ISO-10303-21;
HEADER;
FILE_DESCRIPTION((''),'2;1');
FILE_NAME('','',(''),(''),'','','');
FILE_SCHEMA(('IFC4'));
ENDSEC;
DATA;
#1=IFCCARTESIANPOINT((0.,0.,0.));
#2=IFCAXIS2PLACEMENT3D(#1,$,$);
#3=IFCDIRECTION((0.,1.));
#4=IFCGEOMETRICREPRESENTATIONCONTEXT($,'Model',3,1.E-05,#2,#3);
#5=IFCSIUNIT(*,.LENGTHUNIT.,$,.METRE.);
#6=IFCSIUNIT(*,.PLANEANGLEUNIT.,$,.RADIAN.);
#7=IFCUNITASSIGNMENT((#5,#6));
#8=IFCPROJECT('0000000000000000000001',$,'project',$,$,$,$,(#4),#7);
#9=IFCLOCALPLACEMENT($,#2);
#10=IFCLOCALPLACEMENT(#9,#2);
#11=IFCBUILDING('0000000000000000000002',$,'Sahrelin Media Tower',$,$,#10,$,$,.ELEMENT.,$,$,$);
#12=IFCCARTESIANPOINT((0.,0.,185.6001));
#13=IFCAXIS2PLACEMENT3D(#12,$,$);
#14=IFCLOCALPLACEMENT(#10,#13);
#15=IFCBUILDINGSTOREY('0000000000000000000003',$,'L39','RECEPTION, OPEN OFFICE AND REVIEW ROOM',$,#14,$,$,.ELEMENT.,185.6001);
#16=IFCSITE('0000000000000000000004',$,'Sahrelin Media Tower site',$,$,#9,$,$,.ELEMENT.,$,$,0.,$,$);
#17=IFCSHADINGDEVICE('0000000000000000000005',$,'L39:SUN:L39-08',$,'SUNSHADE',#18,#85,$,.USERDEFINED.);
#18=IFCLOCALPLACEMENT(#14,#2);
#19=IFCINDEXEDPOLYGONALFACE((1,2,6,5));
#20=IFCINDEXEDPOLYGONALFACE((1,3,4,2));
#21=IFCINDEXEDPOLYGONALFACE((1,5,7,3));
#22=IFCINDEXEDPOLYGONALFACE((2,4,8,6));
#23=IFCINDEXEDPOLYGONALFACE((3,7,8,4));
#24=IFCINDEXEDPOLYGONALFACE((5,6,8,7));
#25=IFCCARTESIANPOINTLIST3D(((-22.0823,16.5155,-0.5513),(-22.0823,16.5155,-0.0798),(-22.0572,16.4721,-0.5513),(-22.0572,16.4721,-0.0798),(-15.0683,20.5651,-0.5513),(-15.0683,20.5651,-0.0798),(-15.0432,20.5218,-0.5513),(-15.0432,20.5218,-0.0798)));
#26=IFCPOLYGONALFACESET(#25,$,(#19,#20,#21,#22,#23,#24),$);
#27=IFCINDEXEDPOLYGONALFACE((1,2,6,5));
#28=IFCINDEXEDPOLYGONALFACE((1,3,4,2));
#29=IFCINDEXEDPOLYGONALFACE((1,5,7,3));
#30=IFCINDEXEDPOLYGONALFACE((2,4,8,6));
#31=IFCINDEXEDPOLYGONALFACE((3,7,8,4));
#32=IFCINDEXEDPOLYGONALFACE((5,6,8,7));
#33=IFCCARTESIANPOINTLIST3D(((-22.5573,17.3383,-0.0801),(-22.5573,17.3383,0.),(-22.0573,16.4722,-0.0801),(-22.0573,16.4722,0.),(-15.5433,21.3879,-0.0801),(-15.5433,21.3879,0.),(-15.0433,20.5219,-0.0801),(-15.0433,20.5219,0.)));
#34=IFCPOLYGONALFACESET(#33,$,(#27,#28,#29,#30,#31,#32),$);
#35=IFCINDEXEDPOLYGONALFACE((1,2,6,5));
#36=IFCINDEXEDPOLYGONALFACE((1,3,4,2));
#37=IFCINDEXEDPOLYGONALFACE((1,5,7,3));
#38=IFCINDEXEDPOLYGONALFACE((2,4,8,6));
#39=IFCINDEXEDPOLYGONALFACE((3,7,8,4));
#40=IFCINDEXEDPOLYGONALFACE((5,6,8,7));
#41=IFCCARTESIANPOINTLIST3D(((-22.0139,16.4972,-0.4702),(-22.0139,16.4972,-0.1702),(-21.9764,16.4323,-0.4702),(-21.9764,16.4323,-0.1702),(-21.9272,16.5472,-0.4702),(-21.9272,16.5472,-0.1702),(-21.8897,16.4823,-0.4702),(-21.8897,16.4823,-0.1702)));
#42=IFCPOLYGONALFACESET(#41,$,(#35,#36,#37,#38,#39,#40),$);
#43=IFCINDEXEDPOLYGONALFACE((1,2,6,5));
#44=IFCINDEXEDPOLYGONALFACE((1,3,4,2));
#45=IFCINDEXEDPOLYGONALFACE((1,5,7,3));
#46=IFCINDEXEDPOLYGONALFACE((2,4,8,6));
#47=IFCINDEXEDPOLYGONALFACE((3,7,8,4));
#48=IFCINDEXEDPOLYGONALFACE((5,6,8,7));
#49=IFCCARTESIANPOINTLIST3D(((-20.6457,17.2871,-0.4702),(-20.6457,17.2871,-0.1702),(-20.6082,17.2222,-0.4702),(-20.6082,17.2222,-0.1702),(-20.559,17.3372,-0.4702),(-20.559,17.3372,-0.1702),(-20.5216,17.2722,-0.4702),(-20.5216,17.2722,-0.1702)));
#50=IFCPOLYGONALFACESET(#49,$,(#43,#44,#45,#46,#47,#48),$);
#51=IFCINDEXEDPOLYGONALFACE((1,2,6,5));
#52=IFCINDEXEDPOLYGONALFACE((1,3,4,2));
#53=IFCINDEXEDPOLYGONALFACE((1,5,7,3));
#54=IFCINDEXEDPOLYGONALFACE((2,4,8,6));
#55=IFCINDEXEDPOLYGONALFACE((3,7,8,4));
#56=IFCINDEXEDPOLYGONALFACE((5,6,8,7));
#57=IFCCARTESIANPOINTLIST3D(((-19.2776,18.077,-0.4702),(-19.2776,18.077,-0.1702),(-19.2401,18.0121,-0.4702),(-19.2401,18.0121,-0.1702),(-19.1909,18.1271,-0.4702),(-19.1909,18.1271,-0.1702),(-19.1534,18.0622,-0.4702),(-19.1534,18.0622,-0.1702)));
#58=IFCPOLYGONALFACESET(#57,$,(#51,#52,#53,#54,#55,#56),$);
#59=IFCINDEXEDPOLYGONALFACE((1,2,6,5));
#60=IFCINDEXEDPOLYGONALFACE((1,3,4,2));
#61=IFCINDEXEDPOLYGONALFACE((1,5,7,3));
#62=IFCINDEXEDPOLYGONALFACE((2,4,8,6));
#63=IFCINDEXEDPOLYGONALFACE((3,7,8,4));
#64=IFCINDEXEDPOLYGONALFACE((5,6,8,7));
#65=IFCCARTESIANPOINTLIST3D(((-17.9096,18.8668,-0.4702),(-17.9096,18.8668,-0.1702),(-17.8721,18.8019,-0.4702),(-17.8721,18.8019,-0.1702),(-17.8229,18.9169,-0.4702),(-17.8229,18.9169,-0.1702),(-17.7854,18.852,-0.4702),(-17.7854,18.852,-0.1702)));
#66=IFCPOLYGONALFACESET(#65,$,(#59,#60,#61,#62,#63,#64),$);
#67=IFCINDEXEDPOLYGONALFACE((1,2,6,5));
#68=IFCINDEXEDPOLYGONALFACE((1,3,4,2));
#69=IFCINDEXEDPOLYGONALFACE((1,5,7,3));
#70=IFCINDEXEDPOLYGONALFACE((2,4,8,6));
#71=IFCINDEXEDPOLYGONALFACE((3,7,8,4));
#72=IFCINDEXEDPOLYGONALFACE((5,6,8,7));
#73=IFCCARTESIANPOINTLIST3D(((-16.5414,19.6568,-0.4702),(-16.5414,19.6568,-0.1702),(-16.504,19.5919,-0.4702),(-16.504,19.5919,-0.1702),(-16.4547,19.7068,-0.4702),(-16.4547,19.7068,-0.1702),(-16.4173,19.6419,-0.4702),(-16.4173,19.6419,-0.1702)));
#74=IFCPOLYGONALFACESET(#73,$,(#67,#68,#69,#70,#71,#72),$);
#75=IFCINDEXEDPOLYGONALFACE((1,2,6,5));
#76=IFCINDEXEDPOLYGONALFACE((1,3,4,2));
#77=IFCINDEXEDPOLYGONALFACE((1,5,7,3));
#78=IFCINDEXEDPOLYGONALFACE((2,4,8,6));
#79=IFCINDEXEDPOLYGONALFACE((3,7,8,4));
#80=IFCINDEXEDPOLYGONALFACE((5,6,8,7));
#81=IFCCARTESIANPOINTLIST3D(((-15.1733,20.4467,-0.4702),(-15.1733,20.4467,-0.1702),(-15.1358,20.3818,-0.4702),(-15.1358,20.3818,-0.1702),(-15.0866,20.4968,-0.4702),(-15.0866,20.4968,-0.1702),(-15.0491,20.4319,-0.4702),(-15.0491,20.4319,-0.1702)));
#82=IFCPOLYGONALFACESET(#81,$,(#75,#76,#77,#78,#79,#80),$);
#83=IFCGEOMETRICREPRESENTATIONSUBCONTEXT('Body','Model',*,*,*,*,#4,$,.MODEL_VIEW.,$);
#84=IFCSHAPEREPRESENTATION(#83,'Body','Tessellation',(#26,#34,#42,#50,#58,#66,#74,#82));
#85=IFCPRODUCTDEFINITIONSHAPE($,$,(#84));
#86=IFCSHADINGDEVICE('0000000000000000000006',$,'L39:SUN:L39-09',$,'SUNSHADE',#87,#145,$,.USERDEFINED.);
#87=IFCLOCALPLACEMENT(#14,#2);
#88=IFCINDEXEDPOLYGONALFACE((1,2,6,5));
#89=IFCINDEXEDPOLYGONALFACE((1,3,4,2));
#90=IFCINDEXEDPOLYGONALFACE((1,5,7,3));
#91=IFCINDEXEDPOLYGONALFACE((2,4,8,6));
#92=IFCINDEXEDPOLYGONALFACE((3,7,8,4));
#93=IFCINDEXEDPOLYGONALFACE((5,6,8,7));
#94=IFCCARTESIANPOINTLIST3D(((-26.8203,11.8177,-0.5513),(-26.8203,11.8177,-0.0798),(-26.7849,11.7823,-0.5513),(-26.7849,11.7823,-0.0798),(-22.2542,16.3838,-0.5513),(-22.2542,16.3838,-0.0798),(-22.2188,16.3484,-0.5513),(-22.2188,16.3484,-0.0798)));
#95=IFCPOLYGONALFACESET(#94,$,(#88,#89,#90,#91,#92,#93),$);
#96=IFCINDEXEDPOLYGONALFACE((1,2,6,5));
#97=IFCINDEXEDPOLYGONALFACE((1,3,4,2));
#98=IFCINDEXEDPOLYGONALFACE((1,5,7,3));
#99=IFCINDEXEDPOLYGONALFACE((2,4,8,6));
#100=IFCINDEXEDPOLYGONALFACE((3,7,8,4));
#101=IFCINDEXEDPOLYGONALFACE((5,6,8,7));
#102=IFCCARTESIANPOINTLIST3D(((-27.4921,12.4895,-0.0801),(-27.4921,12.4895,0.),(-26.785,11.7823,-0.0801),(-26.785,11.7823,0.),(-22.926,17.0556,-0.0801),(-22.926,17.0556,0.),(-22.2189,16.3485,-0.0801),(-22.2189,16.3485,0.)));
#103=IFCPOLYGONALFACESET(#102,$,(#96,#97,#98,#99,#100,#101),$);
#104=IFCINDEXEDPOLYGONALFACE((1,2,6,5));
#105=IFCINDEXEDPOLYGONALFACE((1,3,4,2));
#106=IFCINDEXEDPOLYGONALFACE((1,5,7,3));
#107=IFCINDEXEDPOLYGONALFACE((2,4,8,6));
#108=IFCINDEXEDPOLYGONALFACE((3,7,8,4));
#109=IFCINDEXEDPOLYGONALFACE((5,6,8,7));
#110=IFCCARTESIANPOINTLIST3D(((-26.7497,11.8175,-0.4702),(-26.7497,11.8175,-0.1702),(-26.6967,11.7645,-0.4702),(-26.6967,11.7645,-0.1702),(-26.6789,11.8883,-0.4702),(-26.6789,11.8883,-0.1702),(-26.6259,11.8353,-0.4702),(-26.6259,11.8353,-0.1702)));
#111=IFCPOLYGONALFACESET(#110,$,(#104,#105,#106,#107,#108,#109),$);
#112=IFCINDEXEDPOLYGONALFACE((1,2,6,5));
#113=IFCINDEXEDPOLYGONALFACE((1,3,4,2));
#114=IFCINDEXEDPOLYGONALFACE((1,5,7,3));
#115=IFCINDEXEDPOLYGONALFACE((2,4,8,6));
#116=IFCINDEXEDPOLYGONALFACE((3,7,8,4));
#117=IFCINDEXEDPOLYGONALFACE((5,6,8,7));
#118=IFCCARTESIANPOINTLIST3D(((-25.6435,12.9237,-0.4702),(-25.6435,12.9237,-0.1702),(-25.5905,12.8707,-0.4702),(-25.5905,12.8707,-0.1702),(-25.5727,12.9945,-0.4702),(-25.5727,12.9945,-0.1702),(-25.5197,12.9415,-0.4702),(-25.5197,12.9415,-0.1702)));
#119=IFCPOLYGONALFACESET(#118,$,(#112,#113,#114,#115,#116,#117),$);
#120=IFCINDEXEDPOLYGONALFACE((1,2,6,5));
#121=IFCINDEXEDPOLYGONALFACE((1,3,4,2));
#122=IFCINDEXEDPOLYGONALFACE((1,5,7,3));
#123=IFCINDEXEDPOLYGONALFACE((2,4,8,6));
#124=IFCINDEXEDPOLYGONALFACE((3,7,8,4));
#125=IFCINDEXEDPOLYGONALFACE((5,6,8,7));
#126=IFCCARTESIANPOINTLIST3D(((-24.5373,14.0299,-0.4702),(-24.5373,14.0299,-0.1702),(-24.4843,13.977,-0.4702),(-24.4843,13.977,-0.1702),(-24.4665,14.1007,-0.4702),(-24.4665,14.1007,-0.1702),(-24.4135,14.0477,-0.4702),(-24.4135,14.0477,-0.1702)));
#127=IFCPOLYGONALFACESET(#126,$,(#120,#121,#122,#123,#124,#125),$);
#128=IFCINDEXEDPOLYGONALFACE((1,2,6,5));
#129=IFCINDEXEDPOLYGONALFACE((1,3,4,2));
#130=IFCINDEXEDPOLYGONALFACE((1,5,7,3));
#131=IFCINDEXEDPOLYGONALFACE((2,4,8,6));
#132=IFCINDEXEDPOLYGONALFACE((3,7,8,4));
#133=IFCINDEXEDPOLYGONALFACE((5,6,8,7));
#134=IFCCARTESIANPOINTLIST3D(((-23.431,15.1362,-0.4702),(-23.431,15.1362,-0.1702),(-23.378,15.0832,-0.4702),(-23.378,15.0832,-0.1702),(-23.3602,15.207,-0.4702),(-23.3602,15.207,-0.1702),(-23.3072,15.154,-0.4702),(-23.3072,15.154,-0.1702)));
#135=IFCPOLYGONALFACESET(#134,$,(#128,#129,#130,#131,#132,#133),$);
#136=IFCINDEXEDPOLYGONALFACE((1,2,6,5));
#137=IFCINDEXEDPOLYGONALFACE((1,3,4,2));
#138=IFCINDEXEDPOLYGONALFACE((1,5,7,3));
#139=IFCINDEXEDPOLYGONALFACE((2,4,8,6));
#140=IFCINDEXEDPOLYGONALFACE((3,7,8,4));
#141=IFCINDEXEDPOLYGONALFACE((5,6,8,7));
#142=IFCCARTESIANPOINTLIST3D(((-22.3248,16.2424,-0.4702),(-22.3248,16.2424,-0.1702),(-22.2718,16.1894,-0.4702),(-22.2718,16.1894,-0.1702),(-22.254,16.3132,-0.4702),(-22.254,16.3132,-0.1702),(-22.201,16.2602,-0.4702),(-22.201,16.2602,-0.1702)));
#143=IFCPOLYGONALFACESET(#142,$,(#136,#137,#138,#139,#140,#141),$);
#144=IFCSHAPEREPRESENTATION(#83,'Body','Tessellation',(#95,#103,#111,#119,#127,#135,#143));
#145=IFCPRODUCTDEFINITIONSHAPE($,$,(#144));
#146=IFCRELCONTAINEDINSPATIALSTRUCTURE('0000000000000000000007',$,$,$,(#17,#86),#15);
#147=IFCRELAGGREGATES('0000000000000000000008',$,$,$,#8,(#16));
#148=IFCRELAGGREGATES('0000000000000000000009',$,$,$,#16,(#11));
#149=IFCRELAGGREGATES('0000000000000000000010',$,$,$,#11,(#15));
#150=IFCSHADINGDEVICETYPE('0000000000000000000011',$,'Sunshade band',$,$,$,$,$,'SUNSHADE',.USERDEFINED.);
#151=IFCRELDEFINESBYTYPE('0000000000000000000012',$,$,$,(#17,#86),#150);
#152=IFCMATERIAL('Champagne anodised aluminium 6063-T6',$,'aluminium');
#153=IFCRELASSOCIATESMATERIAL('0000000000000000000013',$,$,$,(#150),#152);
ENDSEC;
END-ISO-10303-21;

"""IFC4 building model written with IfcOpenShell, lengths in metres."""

from ifc_helpers import new_model, si_unit, direction, frame, origin, origin_2d, place, context, subcontext, project, spatial, rectangle, extrude, material, type_object, element, save


model = new_model("IFC4")

# Units and contexts
model_context = context("Model", 3, precision=1e-05, world=origin(), true_north=direction((0.0, 1.0)))
body_context = subcontext(model_context, "Body", "Model", "MODEL_VIEW")
ifc_project = project(units=[si_unit("LENGTHUNIT", "METRE"), si_unit("PLANEANGLEUNIT", "RADIAN")], contexts=[model_context])

# Site, building, storey
site_placement = place(None, origin())
site = spatial("IfcSite", under=ifc_project, at=site_placement, Name="Sahrelin Media Tower site", CompositionType="ELEMENT", RefElevation=0.0)
building_placement = place(site_placement, origin())
building = spatial("IfcBuilding", under=site, at=building_placement, Name="Sahrelin Media Tower", CompositionType="ELEMENT")
storey_placement = place(building_placement, frame((0.0, 0.0, 185.6001)))
storey = spatial("IfcBuildingStorey", under=building, at=storey_placement, Name="L39", Description="RECEPTION, OPEN OFFICE AND REVIEW ROOM", CompositionType="ELEMENT", Elevation=185.6001)

# Shared definitions
ifc_material_1 = material(Name="Champagne anodised aluminium 6063-T6", Category="aluminium")

# Shading devices
placement_1 = place(storey_placement, frame((-18.5403, 18.4797, 0.0), z_axis=(0.0, 0.0, 1.0), x_axis=(0.866019, 0.500011, 0.0)))
placement_2 = place(storey_placement, frame((-24.4878, 14.0513, 0.0), z_axis=(0.0, 0.0, 1.0), x_axis=(0.707107, 0.707107, 0.0)))
shading_device_type_1 = type_object("IfcShadingDeviceType", Name="Sunshade band", ElementType="SUNSHADE", PredefinedType="USERDEFINED", material=ifc_material_1)
element("IfcShadingDevice", 1, at=placement_1, inside=storey, type_object=shading_device_type_1, Name="L39:SUN:L39-08", ObjectType="SUNSHADE", PredefinedType="USERDEFINED", context=body_context, shape_type="SweptSolid", body=[
    extrude(rectangle(XDim=8.0991, YDim=0.05, at=origin_2d()), frame((0.0, 0.0449, -0.5513)), (0.0, 0.0, 1.0), 0.4714),
    extrude(rectangle(XDim=8.0991, YDim=1.0, at=origin_2d()), frame((0.0, 0.52, -0.0801)), (0.0, 0.0, 1.0), 0.0801),
    extrude(rectangle(XDim=0.1001, YDim=0.075, at=origin_2d()), frame((-3.9495, -0.0176, -0.4702)), (0.0, 0.0, 1.0), 0.3),
    extrude(rectangle(XDim=0.1001, YDim=0.075, at=origin_2d()), frame((-2.3696, -0.0176, -0.4702)), (0.0, 0.0, 1.0), 0.3),
    extrude(rectangle(XDim=0.1001, YDim=0.075, at=origin_2d()), frame((-0.7898, -0.0176, -0.4702)), (0.0, 0.0, 1.0), 0.3),
    extrude(rectangle(XDim=0.1001, YDim=0.075, at=origin_2d()), frame((0.7898, -0.0176, -0.4702)), (0.0, 0.0, 1.0), 0.3),
    extrude(rectangle(XDim=0.1001, YDim=0.075, at=origin_2d()), frame((2.3696, -0.0176, -0.4702)), (0.0, 0.0, 1.0), 0.3),
    extrude(rectangle(XDim=0.1001, YDim=0.075, at=origin_2d()), frame((3.9495, -0.0176, -0.4702)), (0.0, 0.0, 1.0), 0.3),
])
element("IfcShadingDevice", 2, at=placement_2, inside=storey, type_object=shading_device_type_1, Name="L39:SUN:L39-09", ObjectType="SUNSHADE", PredefinedType="USERDEFINED", context=body_context, shape_type="SweptSolid", body=[
    extrude(rectangle(XDim=6.4575, YDim=0.05, at=origin_2d()), frame((0.0, 0.0449, -0.5513)), (0.0, 0.0, 1.0), 0.4714),
    extrude(rectangle(XDim=6.4575, YDim=1.0, at=origin_2d()), frame((0.0, 0.52, -0.0801)), (0.0, 0.0, 1.0), 0.0801),
    extrude(rectangle(XDim=0.1001, YDim=0.075, at=origin_2d()), frame((-3.1289, -0.0176, -0.4702)), (0.0, 0.0, 1.0), 0.3),
    extrude(rectangle(XDim=0.1001, YDim=0.075, at=origin_2d()), frame((-1.5645, -0.0176, -0.4702)), (0.0, 0.0, 1.0), 0.3),
    extrude(rectangle(XDim=0.1001, YDim=0.075, at=origin_2d()), frame((0.0, -0.0176, -0.4702)), (0.0, 0.0, 1.0), 0.3),
    extrude(rectangle(XDim=0.1001, YDim=0.075, at=origin_2d()), frame((1.5645, -0.0176, -0.4702)), (0.0, 0.0, 1.0), 0.3),
    extrude(rectangle(XDim=0.1001, YDim=0.075, at=origin_2d()), frame((3.1289, -0.0176, -0.4702)), (0.0, 0.0, 1.0), 0.3),
])

save(model, "model.ifc")
